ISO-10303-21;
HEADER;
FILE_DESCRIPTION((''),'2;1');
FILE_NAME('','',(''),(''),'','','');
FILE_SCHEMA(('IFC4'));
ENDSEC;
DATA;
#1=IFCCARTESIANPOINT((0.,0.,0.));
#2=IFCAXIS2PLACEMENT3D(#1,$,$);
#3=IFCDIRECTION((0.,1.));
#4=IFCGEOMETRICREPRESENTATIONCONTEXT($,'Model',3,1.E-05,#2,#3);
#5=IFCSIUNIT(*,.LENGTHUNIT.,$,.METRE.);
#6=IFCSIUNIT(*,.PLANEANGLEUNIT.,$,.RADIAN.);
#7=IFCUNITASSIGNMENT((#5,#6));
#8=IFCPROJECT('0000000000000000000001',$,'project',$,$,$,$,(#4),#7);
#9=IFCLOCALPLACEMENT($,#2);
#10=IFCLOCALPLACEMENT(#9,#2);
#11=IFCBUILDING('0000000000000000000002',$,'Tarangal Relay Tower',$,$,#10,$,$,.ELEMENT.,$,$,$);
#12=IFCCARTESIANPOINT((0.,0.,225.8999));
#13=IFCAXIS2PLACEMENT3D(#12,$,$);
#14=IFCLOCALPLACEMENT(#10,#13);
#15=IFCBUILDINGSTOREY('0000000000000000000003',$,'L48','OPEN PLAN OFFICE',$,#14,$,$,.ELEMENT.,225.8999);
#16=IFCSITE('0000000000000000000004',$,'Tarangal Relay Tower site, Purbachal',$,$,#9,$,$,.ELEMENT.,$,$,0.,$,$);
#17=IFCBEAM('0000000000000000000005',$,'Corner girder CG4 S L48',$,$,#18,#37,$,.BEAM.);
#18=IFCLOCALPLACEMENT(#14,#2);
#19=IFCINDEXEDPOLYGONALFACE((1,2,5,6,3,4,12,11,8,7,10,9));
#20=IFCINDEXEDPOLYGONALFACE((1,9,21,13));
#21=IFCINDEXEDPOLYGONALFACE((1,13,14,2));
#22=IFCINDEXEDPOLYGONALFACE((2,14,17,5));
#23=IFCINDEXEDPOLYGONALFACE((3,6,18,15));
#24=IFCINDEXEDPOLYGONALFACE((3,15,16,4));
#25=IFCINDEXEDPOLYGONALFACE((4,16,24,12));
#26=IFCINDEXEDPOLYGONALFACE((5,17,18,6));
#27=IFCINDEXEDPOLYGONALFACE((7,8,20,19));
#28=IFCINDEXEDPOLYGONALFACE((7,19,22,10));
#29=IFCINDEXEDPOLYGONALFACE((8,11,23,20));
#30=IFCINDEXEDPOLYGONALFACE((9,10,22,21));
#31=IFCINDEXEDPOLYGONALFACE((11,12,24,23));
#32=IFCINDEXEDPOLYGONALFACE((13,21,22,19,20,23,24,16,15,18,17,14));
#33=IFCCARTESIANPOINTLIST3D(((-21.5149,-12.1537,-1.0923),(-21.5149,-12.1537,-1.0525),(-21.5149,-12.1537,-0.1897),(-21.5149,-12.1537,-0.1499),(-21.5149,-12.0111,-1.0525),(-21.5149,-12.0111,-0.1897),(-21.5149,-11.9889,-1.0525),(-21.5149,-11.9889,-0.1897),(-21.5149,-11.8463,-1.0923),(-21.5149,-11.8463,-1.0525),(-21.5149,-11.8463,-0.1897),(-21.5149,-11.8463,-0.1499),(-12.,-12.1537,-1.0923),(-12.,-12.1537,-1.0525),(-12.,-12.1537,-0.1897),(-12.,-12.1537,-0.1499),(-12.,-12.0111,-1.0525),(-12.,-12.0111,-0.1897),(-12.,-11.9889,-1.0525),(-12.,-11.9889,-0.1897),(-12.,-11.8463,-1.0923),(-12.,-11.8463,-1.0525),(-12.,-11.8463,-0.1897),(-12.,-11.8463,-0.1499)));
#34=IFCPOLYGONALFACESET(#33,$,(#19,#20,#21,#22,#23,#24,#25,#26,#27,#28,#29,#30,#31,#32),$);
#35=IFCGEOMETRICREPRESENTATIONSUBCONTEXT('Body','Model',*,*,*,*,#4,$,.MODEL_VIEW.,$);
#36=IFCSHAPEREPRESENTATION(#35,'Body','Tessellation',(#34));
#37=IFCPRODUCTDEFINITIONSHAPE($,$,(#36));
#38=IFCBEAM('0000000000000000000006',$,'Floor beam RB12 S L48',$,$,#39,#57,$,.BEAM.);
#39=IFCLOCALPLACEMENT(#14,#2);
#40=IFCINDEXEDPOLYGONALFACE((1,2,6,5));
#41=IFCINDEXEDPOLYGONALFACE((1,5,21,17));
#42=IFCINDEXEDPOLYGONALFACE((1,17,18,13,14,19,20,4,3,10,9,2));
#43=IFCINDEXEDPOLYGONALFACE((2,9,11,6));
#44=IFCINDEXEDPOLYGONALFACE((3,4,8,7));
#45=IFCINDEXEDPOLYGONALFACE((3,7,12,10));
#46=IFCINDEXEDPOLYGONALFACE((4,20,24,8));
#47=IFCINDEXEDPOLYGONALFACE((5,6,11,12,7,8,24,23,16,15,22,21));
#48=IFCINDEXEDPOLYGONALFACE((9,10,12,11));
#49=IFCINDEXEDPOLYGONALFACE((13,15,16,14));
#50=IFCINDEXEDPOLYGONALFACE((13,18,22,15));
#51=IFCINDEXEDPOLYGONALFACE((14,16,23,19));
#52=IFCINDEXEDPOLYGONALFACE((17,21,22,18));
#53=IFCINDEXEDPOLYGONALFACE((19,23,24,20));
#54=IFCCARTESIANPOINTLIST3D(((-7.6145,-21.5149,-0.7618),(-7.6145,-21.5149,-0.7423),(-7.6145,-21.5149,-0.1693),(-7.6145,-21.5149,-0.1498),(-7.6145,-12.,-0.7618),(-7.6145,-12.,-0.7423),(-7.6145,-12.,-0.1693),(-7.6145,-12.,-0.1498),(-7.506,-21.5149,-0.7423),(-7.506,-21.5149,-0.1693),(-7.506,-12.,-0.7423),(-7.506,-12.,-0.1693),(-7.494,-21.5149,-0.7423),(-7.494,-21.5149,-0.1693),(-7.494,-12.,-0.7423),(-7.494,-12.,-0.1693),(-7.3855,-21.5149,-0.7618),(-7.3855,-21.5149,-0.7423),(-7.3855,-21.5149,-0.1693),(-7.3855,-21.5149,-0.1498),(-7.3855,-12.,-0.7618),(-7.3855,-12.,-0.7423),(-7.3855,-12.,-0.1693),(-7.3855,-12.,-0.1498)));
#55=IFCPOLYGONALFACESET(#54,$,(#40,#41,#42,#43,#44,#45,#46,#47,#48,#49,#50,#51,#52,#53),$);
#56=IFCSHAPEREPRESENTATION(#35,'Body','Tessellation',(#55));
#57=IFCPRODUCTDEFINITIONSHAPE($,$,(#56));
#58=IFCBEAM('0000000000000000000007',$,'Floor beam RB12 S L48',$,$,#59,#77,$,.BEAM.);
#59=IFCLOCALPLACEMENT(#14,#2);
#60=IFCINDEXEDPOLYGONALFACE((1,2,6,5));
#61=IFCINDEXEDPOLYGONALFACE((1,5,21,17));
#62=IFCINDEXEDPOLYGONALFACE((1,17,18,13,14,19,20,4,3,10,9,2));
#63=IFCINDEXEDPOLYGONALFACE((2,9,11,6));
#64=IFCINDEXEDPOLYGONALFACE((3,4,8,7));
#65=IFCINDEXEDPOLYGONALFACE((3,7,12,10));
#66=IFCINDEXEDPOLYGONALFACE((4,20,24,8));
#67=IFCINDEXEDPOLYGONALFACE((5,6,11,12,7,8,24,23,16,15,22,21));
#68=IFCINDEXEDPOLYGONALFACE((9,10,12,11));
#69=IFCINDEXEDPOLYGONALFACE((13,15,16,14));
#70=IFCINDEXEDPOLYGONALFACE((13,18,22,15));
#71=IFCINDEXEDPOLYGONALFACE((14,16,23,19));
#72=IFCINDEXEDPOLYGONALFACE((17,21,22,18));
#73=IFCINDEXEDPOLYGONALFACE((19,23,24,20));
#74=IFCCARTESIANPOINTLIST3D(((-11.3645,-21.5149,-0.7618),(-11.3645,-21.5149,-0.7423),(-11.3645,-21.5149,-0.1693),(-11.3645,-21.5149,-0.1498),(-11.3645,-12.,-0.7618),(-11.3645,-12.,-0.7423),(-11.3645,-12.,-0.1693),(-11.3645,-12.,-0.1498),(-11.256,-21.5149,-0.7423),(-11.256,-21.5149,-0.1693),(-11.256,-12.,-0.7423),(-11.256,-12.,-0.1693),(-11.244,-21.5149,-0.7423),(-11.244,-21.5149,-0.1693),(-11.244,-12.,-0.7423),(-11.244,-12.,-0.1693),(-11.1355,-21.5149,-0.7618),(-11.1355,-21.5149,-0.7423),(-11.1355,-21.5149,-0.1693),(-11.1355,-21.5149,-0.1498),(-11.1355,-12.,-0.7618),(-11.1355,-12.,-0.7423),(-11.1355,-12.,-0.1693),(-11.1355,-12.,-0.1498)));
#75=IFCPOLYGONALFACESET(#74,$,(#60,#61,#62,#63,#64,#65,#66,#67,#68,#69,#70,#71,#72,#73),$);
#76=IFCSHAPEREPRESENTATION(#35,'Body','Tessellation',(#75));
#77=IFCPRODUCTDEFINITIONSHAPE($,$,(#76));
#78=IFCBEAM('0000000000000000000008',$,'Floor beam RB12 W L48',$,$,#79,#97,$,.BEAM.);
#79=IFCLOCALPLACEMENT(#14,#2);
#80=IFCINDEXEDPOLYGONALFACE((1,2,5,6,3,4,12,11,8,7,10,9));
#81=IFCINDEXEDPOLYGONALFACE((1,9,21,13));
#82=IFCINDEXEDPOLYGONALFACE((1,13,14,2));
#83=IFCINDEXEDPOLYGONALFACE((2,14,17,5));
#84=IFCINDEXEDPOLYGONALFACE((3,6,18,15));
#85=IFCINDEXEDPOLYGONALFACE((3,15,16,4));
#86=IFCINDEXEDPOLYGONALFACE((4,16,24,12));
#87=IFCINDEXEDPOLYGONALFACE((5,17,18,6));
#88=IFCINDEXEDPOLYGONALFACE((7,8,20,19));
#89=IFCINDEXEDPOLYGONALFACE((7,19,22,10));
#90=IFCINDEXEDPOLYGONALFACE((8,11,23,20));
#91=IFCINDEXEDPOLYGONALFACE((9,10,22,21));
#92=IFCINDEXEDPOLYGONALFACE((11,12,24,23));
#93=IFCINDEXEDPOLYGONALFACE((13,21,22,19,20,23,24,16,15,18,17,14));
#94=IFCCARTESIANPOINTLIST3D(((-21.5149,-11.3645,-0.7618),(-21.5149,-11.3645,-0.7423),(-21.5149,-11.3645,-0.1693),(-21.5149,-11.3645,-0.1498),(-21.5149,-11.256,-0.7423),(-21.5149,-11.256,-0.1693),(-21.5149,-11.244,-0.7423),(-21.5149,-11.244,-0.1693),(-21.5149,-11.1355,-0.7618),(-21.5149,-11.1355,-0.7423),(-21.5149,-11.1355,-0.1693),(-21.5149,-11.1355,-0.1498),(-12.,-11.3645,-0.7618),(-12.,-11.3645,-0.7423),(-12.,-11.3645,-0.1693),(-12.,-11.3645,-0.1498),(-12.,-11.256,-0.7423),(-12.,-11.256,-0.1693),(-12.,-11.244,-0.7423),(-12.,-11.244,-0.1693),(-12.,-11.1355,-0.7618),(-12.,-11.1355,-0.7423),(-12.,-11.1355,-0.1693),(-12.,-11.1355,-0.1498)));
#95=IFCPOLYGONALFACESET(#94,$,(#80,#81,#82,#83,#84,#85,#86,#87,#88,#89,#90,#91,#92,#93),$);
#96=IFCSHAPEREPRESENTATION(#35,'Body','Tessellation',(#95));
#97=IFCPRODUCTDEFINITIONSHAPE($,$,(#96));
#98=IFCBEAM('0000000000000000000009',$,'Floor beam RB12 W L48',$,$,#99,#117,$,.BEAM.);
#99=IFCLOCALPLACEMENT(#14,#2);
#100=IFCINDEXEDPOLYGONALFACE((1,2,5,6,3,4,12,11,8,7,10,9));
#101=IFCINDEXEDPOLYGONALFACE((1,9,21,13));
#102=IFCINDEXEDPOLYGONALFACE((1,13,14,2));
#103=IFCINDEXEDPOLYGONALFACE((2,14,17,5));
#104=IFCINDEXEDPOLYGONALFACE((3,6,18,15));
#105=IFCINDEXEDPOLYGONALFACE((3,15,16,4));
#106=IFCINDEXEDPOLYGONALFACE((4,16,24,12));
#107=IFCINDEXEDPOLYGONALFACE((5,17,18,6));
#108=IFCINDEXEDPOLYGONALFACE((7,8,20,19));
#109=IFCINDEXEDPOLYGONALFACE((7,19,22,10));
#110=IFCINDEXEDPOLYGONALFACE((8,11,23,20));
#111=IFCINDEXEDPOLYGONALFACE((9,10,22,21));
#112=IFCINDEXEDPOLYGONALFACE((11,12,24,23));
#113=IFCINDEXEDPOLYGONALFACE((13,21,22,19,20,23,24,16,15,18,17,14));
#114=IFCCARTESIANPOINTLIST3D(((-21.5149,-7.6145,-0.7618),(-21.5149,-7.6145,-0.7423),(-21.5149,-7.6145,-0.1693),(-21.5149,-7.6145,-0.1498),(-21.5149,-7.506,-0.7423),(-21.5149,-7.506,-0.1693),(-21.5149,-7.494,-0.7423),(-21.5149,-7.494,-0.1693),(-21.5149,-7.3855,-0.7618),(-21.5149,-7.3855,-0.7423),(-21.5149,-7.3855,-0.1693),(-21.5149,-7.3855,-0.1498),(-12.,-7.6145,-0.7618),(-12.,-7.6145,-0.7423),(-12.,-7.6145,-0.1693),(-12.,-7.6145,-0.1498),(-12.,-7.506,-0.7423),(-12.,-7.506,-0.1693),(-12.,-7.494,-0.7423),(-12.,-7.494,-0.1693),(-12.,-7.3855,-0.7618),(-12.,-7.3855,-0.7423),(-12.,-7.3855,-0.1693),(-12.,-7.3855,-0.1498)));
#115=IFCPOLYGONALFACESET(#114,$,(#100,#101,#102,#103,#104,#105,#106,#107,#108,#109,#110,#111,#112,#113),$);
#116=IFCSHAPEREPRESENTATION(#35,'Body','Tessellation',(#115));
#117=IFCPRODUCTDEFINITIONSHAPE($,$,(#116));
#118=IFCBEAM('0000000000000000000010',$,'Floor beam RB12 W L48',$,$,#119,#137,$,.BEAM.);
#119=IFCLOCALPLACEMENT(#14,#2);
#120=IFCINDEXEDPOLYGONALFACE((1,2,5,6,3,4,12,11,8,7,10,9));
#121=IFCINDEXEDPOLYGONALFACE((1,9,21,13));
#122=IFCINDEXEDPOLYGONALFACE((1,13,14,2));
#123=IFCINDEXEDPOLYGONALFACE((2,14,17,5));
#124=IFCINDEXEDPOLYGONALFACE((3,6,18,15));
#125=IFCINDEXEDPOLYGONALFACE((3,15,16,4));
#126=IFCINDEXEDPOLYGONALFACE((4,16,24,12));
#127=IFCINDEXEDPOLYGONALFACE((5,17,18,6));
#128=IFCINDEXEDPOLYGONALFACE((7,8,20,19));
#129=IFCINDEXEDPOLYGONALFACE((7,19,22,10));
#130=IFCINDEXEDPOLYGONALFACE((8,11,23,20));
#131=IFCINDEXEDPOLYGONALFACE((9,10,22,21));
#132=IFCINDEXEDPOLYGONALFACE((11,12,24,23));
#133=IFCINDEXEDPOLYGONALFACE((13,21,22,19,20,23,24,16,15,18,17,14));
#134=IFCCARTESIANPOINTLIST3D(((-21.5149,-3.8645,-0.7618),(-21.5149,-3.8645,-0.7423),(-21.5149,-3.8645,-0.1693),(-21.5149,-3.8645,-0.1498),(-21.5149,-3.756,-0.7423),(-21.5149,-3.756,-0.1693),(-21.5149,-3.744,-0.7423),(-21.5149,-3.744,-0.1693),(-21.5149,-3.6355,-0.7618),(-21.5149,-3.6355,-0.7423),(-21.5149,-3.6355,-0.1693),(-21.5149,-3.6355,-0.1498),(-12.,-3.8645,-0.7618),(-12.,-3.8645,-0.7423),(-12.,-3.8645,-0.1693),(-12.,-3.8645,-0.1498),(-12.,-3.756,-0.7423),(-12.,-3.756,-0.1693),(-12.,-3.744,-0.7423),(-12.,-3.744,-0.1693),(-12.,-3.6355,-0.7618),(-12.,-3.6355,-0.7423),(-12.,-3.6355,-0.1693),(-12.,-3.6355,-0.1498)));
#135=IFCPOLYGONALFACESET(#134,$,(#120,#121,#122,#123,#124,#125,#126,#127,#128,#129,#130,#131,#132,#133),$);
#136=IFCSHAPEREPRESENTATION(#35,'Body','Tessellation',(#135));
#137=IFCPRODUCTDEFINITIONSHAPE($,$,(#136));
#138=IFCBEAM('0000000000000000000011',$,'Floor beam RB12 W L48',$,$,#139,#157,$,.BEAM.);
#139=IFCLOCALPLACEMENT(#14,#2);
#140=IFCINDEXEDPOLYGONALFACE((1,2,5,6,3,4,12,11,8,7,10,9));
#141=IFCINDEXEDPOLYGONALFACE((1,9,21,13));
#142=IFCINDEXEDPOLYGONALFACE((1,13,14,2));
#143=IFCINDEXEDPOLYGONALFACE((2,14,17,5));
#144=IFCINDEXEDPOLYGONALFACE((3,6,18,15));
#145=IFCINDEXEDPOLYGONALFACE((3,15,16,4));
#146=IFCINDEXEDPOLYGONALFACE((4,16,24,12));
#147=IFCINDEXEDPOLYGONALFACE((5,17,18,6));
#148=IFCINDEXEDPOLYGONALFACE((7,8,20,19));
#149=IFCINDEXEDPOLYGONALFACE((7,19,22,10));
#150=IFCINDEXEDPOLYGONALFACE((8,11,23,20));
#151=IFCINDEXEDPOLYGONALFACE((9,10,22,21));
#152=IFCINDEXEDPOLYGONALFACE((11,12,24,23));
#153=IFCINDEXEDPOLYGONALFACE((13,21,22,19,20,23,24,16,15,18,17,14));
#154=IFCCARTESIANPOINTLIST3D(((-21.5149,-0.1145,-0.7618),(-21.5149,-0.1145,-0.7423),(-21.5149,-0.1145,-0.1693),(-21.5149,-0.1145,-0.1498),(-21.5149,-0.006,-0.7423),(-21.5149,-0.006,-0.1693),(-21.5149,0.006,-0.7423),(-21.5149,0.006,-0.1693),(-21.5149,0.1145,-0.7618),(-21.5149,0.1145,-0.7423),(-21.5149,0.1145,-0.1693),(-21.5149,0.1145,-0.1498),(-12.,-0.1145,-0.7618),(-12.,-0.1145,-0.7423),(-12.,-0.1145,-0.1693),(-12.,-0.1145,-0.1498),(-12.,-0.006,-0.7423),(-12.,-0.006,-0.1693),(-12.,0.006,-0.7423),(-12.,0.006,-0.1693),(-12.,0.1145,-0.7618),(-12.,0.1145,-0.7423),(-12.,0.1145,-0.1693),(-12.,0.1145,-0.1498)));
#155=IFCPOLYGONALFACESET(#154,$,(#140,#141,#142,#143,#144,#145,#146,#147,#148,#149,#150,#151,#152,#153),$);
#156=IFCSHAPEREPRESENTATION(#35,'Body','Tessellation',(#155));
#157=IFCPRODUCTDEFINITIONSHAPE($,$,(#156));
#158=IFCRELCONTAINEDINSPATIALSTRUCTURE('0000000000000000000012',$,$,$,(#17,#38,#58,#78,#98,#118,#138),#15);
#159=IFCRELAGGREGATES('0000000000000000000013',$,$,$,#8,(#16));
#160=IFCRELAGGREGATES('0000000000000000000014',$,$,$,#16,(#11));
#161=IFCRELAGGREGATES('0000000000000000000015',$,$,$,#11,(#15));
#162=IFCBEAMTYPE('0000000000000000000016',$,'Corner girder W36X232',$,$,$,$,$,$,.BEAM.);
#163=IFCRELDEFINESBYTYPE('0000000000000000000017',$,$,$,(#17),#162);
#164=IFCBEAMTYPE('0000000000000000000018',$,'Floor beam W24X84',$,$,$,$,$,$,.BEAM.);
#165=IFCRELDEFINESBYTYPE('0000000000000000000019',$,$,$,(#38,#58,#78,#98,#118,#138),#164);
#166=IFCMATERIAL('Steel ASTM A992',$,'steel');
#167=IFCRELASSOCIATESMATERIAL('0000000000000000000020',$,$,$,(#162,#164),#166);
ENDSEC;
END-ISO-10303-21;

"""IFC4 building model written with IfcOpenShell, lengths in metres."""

from ifc_helpers import new_model, si_unit, direction, frame, origin, origin_2d, place, context, subcontext, project, spatial, i_section, extrude, material, material_profile, profile_set, type_object, element, save


model = new_model("IFC4")

# Units and contexts
model_context = context("Model", 3, precision=1e-05, world=origin(), true_north=direction((0.0, 1.0)))
body_context = subcontext(model_context, "Body", "Model", "MODEL_VIEW")
ifc_project = project(units=[si_unit("LENGTHUNIT", "METRE"), si_unit("PLANEANGLEUNIT", "RADIAN")], contexts=[model_context])

# Site, building, storey
site_placement = place(None, origin())
site = spatial("IfcSite", under=ifc_project, at=site_placement, Name="Tarangal Relay Tower site, Purbachal", CompositionType="ELEMENT", RefElevation=0.0)
building_placement = place(site_placement, origin())
building = spatial("IfcBuilding", under=site, at=building_placement, Name="Tarangal Relay Tower", CompositionType="ELEMENT")
storey_placement = place(building_placement, frame((0.0, 0.0, 225.8999)))
storey = spatial("IfcBuildingStorey", under=building, at=storey_placement, Name="L48", Description="OPEN PLAN OFFICE", CompositionType="ELEMENT", Elevation=225.8999)

# Beams
ifc_material_1 = material(Name="Steel ASTM A992", Category="steel")
ifc_material_profile_1 = material_profile(ifc_material_1, i_section(OverallWidth=0.3074, OverallDepth=0.9424, WebThickness=0.0222, FlangeThickness=0.0398, at=origin_2d()), Name="W36X232")
ifc_profile_set_1 = profile_set([ifc_material_profile_1], Name="Steel ASTM A992")
beam_type_1 = type_object("IfcBeamType", Name="Corner girder W36X232", PredefinedType="BEAM", material=ifc_profile_set_1)
beam_placement = place(storey_placement, frame((-12.0, -12.0, -0.6211), z_axis=(-1.0, 0.0, 0.0), x_axis=(0.0, -1.0, 0.0)))
element("IfcBeam", 1, at=beam_placement, inside=storey, type_object=beam_type_1, Name="Corner girder CG4 S L48", PredefinedType="BEAM", context=body_context, shape_type="SweptSolid", body=[
    extrude(i_section(OverallWidth=0.3074, OverallDepth=0.9424, WebThickness=0.0222, FlangeThickness=0.0398, at=origin_2d()), origin(), (0.0, 0.0, 1.0), 9.5149),
])
ifc_material_profile_2 = material_profile(ifc_material_1, i_section(OverallWidth=0.229, OverallDepth=0.6121, WebThickness=0.012, FlangeThickness=0.0195, at=origin_2d()), Name="W24X84")
ifc_profile_set_2 = profile_set([ifc_material_profile_2], Name="Steel ASTM A992")
beam_type_2 = type_object("IfcBeamType", Name="Floor beam W24X84", PredefinedType="BEAM", material=ifc_profile_set_2)
for number, where, z_axis, x_axis, name in (
    (2, (-7.5, -12.0, -0.4558), (0.0, -1.0, 0.0), (1.0, 0.0, 0.0), "Floor beam RB12 S L48"),
    (3, (-11.25, -12.0, -0.4558), (0.0, -1.0, 0.0), (1.0, 0.0, 0.0), "Floor beam RB12 S L48"),
    (4, (-12.0, -11.25, -0.4558), (-1.0, 0.0, 0.0), (0.0, -1.0, 0.0), "Floor beam RB12 W L48"),
    (5, (-12.0, -7.5, -0.4558), (-1.0, 0.0, 0.0), (0.0, -1.0, 0.0), "Floor beam RB12 W L48"),
    (6, (-12.0, -3.75, -0.4558), (-1.0, 0.0, 0.0), (0.0, -1.0, 0.0), "Floor beam RB12 W L48"),
    (7, (-12.0, 0.0, -0.4558), (-1.0, 0.0, 0.0), (0.0, -1.0, 0.0), "Floor beam RB12 W L48"),
):
    element("IfcBeam", number, at=place(storey_placement, frame(where, z_axis=z_axis, x_axis=x_axis)), inside=storey, type_object=beam_type_2, Name=name, PredefinedType="BEAM", context=body_context, shape_type="SweptSolid", body=[
        extrude(i_section(OverallWidth=0.229, OverallDepth=0.6121, WebThickness=0.012, FlangeThickness=0.0195, at=origin_2d()), origin(), (0.0, 0.0, 1.0), 9.5149),
    ])

save(model, "model.ifc")
